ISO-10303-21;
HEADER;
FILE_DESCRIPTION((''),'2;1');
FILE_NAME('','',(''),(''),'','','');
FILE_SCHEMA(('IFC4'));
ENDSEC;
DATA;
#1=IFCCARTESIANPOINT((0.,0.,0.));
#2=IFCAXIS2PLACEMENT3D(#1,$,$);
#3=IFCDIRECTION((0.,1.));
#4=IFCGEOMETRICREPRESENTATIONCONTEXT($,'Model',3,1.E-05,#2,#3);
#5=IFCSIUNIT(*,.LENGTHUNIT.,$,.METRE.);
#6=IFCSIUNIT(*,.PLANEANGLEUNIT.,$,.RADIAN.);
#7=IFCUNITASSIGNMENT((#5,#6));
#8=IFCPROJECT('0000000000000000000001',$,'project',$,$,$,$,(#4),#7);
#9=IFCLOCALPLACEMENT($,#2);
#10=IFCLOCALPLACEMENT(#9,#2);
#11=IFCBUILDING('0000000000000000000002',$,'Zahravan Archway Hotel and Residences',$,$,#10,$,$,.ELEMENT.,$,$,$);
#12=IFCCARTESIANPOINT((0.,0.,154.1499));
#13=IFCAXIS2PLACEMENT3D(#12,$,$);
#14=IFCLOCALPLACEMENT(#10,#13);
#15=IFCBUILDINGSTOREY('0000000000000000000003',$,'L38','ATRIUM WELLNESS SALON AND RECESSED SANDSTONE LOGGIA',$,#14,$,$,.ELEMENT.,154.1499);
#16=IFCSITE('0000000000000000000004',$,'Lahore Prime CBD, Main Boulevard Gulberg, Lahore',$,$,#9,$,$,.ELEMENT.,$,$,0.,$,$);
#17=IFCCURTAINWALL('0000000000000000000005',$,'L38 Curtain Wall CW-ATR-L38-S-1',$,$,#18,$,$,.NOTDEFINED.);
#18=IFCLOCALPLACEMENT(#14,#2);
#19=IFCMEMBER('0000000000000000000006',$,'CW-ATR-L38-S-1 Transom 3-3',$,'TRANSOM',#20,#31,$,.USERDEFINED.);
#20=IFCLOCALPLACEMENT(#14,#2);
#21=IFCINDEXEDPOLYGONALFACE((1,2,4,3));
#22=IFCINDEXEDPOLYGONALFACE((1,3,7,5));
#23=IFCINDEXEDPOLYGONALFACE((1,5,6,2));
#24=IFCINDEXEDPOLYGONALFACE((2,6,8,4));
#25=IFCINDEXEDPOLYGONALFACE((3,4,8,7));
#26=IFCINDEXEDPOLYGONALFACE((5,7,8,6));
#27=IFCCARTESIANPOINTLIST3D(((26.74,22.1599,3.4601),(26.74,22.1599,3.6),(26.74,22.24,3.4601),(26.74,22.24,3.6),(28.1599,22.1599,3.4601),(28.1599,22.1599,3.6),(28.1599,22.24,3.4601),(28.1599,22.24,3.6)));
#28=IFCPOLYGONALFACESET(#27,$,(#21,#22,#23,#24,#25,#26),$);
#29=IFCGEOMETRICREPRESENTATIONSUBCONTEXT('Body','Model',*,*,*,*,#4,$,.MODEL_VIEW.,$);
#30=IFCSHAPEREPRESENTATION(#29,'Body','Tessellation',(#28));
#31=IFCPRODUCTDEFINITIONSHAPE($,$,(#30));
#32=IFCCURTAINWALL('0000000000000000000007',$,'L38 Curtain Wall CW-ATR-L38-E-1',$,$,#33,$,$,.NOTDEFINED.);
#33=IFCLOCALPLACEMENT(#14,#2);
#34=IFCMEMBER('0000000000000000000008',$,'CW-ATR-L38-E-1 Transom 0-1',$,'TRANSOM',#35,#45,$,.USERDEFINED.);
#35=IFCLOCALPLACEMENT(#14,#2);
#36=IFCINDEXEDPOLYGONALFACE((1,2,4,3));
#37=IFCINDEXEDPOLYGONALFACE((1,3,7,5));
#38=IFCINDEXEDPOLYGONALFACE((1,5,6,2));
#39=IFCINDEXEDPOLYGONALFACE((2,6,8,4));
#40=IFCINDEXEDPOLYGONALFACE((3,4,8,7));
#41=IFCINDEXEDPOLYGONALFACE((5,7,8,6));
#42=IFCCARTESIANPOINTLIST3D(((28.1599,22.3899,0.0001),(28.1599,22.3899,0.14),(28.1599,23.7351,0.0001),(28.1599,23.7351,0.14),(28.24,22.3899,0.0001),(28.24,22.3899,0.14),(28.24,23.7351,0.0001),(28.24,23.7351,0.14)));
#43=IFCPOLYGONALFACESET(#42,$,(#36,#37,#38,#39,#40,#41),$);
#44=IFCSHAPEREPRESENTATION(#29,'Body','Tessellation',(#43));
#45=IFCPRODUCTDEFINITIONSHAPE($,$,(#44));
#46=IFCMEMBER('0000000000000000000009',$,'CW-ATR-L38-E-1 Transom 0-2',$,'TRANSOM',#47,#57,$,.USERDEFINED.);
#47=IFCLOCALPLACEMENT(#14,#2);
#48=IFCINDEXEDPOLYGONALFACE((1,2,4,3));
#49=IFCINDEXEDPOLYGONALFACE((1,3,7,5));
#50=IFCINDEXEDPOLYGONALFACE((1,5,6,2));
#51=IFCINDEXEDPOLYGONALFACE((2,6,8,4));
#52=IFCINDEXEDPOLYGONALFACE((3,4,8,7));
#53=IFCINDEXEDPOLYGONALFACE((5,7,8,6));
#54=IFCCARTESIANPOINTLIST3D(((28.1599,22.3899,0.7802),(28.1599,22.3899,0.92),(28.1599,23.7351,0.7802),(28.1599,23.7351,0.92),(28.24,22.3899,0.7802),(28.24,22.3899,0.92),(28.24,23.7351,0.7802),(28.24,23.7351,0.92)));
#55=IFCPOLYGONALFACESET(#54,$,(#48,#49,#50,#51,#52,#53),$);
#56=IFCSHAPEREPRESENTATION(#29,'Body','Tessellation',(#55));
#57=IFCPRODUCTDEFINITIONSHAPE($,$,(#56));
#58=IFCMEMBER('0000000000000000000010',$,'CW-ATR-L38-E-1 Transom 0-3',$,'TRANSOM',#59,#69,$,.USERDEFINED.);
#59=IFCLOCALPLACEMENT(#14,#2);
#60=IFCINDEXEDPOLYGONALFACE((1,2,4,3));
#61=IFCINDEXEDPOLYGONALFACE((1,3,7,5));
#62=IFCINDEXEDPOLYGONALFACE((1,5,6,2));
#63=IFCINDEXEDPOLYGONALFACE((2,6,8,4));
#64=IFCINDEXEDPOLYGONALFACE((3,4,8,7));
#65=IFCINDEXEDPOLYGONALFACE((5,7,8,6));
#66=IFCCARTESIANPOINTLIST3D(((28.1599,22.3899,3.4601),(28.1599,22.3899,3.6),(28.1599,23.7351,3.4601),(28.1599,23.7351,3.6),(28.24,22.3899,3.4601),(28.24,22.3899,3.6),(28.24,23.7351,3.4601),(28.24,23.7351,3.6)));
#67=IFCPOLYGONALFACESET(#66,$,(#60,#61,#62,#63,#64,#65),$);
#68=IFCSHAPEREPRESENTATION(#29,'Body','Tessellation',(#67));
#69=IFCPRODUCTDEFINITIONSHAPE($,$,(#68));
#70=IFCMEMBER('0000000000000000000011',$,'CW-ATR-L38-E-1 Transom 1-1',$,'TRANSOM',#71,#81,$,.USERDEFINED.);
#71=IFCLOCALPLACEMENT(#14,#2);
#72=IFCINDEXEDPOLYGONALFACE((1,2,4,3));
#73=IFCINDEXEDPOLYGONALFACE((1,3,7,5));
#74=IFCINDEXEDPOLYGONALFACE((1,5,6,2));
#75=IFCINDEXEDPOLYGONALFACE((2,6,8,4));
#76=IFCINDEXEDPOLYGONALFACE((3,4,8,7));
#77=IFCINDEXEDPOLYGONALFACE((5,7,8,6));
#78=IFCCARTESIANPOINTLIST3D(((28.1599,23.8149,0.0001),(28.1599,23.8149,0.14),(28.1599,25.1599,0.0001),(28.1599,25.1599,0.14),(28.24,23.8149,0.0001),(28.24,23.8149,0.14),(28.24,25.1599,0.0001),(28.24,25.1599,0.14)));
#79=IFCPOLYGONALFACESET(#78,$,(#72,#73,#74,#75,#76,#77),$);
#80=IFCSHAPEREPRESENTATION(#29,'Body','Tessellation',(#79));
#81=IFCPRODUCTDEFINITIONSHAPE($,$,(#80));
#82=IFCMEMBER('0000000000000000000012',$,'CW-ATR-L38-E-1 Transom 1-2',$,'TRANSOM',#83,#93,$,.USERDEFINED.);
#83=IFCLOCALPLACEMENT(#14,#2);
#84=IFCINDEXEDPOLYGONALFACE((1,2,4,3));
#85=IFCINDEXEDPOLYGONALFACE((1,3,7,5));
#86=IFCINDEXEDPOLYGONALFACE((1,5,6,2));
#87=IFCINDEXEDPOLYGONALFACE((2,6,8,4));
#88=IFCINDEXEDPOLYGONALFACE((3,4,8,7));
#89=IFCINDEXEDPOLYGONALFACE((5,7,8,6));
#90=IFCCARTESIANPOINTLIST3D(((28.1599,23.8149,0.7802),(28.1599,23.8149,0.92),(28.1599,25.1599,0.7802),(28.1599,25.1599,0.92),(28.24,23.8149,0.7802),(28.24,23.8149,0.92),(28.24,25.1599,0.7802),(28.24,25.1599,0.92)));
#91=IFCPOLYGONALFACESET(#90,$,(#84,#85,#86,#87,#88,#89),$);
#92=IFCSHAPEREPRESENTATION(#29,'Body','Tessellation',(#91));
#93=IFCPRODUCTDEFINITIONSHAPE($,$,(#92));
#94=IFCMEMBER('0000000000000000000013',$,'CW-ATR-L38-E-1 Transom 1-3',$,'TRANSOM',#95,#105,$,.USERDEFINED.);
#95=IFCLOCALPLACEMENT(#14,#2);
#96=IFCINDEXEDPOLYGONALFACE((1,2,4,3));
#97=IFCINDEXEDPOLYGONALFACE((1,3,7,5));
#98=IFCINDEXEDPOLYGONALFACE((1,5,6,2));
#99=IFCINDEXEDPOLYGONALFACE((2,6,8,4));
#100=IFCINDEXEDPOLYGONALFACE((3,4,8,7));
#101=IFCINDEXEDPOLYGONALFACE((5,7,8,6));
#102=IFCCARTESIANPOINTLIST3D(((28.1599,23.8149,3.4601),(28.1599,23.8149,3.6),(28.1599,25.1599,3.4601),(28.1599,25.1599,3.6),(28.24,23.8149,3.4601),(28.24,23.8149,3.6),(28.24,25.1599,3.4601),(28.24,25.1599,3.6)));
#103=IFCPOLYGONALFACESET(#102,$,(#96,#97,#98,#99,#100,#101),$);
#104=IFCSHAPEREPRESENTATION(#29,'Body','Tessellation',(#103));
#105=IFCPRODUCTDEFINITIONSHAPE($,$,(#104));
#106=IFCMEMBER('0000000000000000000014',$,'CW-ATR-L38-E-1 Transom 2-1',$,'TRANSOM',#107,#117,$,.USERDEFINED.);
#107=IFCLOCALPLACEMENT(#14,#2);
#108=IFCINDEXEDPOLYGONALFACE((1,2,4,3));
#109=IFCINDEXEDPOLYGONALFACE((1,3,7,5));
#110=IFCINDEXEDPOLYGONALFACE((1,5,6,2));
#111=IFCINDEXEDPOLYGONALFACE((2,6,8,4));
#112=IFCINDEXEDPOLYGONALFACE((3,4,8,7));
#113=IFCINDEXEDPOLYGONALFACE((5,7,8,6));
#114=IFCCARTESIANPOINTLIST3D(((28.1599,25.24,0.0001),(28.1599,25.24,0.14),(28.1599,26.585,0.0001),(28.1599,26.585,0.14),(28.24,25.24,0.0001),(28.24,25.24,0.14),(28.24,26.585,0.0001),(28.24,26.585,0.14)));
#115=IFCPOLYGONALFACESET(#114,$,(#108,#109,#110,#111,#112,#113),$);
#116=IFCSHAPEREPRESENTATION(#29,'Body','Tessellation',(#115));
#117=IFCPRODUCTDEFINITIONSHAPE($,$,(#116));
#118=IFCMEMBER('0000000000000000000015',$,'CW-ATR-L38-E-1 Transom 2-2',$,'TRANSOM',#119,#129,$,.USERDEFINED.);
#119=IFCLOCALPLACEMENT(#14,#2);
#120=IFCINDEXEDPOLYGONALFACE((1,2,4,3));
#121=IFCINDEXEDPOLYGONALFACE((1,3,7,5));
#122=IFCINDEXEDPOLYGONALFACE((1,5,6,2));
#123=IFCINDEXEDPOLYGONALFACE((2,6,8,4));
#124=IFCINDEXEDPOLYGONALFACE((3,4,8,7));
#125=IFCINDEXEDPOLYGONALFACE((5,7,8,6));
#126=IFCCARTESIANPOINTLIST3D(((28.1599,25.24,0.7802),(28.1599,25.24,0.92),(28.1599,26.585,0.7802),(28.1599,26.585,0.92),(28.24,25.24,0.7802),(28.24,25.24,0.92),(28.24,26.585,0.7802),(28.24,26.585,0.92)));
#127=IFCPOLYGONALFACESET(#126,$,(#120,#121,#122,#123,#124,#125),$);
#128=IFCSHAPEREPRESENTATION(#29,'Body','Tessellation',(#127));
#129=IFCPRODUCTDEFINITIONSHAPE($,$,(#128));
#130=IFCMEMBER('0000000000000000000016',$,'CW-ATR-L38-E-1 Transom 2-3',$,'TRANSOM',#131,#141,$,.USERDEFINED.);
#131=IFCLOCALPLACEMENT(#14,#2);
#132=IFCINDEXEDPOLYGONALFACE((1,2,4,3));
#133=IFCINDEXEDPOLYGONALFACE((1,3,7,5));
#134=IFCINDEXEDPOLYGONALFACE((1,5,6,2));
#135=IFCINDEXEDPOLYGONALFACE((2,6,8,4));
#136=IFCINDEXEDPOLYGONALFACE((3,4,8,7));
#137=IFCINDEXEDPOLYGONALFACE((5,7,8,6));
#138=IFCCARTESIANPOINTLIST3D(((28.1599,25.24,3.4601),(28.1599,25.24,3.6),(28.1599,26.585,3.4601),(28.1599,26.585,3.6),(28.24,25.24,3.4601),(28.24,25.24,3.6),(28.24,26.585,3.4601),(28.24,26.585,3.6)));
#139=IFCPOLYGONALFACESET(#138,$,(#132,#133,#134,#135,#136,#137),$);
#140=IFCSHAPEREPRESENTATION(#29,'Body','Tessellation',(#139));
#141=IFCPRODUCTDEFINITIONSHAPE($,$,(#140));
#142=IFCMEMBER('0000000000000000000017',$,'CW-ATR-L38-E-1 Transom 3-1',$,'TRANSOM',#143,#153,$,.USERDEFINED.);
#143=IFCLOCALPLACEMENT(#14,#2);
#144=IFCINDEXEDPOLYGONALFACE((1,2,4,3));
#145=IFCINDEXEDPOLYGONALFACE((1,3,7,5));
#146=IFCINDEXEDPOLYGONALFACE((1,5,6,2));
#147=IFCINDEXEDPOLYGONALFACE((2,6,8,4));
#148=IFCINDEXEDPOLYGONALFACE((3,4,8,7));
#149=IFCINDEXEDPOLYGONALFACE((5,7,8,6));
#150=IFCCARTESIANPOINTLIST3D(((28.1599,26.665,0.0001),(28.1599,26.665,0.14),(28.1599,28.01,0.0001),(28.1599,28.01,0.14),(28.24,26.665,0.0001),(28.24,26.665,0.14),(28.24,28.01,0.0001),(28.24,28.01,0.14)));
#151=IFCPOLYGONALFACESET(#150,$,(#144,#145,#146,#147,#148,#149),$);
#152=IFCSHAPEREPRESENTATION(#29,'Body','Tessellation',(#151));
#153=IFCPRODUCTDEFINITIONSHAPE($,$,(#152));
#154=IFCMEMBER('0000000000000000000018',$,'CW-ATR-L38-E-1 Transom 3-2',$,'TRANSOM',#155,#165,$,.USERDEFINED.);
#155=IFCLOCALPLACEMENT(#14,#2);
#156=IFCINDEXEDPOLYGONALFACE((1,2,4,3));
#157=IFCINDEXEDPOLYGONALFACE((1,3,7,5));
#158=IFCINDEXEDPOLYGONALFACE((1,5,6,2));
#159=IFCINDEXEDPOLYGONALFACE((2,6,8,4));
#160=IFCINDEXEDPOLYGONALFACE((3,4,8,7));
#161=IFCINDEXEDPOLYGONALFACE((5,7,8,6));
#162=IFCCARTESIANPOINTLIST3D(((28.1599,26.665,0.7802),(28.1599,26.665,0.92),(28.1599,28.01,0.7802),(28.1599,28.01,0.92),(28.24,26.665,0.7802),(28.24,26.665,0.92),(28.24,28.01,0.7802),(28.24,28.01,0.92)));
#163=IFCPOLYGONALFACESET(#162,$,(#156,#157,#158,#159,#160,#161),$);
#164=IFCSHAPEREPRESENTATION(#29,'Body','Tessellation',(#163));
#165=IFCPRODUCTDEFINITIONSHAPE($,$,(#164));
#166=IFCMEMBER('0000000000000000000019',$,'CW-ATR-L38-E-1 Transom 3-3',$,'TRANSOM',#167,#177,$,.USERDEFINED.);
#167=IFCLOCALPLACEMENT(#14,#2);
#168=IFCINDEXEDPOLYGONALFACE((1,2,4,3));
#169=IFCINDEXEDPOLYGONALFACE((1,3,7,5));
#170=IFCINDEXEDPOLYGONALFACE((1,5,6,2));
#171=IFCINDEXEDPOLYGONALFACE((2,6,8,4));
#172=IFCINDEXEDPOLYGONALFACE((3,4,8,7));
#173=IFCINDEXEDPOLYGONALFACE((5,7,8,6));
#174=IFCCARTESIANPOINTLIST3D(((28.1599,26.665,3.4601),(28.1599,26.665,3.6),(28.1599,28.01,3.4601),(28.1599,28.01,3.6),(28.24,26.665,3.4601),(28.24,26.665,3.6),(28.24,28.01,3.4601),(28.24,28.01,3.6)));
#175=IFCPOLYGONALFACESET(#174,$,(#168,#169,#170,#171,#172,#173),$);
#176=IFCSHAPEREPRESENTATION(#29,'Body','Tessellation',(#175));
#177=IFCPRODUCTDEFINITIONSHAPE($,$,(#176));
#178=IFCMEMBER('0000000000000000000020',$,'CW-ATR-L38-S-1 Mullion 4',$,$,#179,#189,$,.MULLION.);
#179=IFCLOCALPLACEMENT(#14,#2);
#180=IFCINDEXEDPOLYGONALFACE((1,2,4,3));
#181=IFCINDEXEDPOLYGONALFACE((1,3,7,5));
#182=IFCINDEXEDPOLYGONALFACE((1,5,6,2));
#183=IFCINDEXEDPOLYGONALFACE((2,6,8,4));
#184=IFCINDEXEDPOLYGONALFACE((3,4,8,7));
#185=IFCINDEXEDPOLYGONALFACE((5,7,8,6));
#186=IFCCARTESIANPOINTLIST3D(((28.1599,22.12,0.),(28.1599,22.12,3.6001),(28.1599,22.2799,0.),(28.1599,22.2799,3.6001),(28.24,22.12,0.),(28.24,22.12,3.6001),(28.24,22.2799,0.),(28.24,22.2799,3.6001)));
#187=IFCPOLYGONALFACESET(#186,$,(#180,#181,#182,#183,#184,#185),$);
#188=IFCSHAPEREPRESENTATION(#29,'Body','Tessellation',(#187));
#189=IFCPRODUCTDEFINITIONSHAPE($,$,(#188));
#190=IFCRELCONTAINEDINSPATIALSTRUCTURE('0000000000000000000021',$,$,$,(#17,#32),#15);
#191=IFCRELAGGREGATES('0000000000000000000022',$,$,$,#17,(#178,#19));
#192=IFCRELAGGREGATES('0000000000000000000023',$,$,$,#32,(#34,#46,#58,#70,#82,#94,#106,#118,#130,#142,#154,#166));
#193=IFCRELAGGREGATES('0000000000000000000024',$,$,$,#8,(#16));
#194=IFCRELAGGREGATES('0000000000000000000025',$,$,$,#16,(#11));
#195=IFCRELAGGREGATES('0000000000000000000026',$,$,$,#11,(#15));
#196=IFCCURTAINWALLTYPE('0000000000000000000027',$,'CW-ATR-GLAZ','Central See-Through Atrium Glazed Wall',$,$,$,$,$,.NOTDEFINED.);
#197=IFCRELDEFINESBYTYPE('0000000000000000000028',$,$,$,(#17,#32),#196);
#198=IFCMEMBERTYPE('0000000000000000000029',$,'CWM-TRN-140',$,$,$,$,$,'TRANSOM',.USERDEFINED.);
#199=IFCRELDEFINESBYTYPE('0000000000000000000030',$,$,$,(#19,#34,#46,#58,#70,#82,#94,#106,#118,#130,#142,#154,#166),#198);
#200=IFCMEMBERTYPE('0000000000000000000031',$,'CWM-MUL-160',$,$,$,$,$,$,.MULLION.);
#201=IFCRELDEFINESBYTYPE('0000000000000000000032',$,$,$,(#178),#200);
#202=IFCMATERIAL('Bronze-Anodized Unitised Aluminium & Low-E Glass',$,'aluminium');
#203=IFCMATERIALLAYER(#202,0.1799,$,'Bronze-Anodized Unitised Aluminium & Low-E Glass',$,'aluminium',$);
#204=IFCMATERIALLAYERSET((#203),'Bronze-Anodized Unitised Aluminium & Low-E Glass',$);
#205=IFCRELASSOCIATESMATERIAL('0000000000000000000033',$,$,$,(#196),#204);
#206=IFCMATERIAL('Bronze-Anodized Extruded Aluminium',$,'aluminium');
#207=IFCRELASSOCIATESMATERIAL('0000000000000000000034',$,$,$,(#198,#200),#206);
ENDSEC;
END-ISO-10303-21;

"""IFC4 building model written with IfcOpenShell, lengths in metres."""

from ifc_helpers import new_model, si_unit, direction, frame, origin, origin_2d, place, context, subcontext, project, spatial, rectangle, extrude, source, transform, mapped, material, layer, layer_set, material_profile, profile_set, type_object, element, aggregate, save


model = new_model("IFC4")

# Units and contexts
model_context = context("Model", 3, precision=1e-05, world=origin(), true_north=direction((0.0, 1.0)))
body_context = subcontext(model_context, "Body", "Model", "MODEL_VIEW")
ifc_project = project(units=[si_unit("LENGTHUNIT", "METRE"), si_unit("PLANEANGLEUNIT", "RADIAN")], contexts=[model_context])

# Site, building, storey
site_placement = place(None, origin())
site = spatial("IfcSite", under=ifc_project, at=site_placement, Name="Lahore Prime CBD, Main Boulevard Gulberg, Lahore", CompositionType="ELEMENT", RefElevation=0.0)
building_placement = place(site_placement, origin())
building = spatial("IfcBuilding", under=site, at=building_placement, Name="Zahravan Archway Hotel and Residences", CompositionType="ELEMENT")
storey_placement = place(building_placement, frame((0.0, 0.0, 154.1499)))
storey = spatial("IfcBuildingStorey", under=building, at=storey_placement, Name="L38", Description="ATRIUM WELLNESS SALON AND RECESSED SANDSTONE LOGGIA", CompositionType="ELEMENT", Elevation=154.1499)

# Curtain wall, member
ifc_material_1 = material(Name="Bronze-Anodized Unitised Aluminium & Low-E Glass", Category="aluminium")
ifc_layer_1 = layer(ifc_material_1, 0.1799, Name="Bronze-Anodized Unitised Aluminium & Low-E Glass", Category="aluminium")
ifc_layer_set_1 = layer_set([ifc_layer_1], Name="Bronze-Anodized Unitised Aluminium & Low-E Glass")
curtain_wall_type = type_object("IfcCurtainWallType", Name="CW-ATR-GLAZ", Description="Central See-Through Atrium Glazed Wall", PredefinedType="NOTDEFINED", material=ifc_layer_set_1)
curtain_wall_1_placement = place(storey_placement, origin())
curtain_wall_1 = element("IfcCurtainWall", 1, at=curtain_wall_1_placement, inside=storey, type_object=curtain_wall_type, Name="L38 Curtain Wall CW-ATR-L38-S-1", PredefinedType="NOTDEFINED")
ifc_material_2 = material(Name="Bronze-Anodized Extruded Aluminium", Category="aluminium")
ifc_material_profile_1 = material_profile(ifc_material_2, rectangle(XDim=0.0801, YDim=0.1399, at=origin_2d()), Name="TRN 80x140", Category="aluminium")
ifc_profile_set_1 = profile_set([ifc_material_profile_1], Name="Bronze-Anodized Extruded Aluminium")
member_type_1 = type_object("IfcMemberType", Name="CWM-TRN-140", ElementType="TRANSOM", PredefinedType="USERDEFINED", material=ifc_profile_set_1)
shared_shape_1 = source(origin(), body_context, "Body", "SweptSolid", [
    extrude(rectangle(XDim=0.0801, YDim=0.1399, at=origin_2d()), origin(), (0.0, 0.0, 1.0), 1.4199),
])
member_1_placement = place(storey_placement, frame((26.74, 22.2, 3.53), z_axis=(1.0, 0.0, 0.0), x_axis=(0.0, 1.0, 0.0)))
member_1 = element("IfcMember", 2, at=member_1_placement, type_object=member_type_1, Name="CW-ATR-L38-S-1 Transom 3-3", ObjectType="TRANSOM", PredefinedType="USERDEFINED", context=body_context, shape_type="MappedRepresentation", body=[
    mapped(shared_shape_1, transform((0.0, 0.0, 0.0), scale=1.0)),
])

# Curtain wall, members
curtain_wall_2_placement = place(storey_placement, origin())
curtain_wall_2 = element("IfcCurtainWall", 3, at=curtain_wall_2_placement, inside=storey, type_object=curtain_wall_type, Name="L38 Curtain Wall CW-ATR-L38-E-1", PredefinedType="NOTDEFINED")
shared_shape_2 = source(origin(), body_context, "Body", "SweptSolid", [
    extrude(rectangle(XDim=0.0801, YDim=0.1399, at=origin_2d()), origin(), (0.0, 0.0, 1.0), 1.3452),
])
member_2_placement = place(storey_placement, frame((28.2, 22.3899, 0.0701), z_axis=(0.0, 1.0, 0.0), x_axis=(-1.0, 0.0, 0.0)))
member_2 = element("IfcMember", 4, at=member_2_placement, type_object=member_type_1, Name="CW-ATR-L38-E-1 Transom 0-1", ObjectType="TRANSOM", PredefinedType="USERDEFINED", context=body_context, shape_type="MappedRepresentation", body=[
    mapped(shared_shape_2, transform((0.0, 0.0, 0.0), scale=1.0)),
])
member_3_placement = place(storey_placement, frame((28.2, 22.3899, 0.8501), z_axis=(0.0, 1.0, 0.0), x_axis=(-1.0, 0.0, 0.0)))
member_3 = element("IfcMember", 5, at=member_3_placement, type_object=member_type_1, Name="CW-ATR-L38-E-1 Transom 0-2", ObjectType="TRANSOM", PredefinedType="USERDEFINED", context=body_context, shape_type="MappedRepresentation", body=[
    mapped(shared_shape_2, transform((0.0, 0.0, 0.0), scale=1.0)),
])
member_4_placement = place(storey_placement, frame((28.2, 22.3899, 3.53), z_axis=(0.0, 1.0, 0.0), x_axis=(-1.0, 0.0, 0.0)))
member_4 = element("IfcMember", 6, at=member_4_placement, type_object=member_type_1, Name="CW-ATR-L38-E-1 Transom 0-3", ObjectType="TRANSOM", PredefinedType="USERDEFINED", context=body_context, shape_type="MappedRepresentation", body=[
    mapped(shared_shape_2, transform((0.0, 0.0, 0.0), scale=1.0)),
])
shared_shape_3 = source(origin(), body_context, "Body", "SweptSolid", [
    extrude(rectangle(XDim=0.0801, YDim=0.1399, at=origin_2d()), origin(), (0.0, 0.0, 1.0), 1.345),
])
member_5_placement = place(storey_placement, frame((28.2, 23.8149, 0.0701), z_axis=(0.0, 1.0, 0.0), x_axis=(-1.0, 0.0, 0.0)))
member_5 = element("IfcMember", 7, at=member_5_placement, type_object=member_type_1, Name="CW-ATR-L38-E-1 Transom 1-1", ObjectType="TRANSOM", PredefinedType="USERDEFINED", context=body_context, shape_type="MappedRepresentation", body=[
    mapped(shared_shape_3, transform((0.0, 0.0, 0.0), scale=1.0)),
])
member_6_placement = place(storey_placement, frame((28.2, 23.8149, 0.8501), z_axis=(0.0, 1.0, 0.0), x_axis=(-1.0, 0.0, 0.0)))
member_6 = element("IfcMember", 8, at=member_6_placement, type_object=member_type_1, Name="CW-ATR-L38-E-1 Transom 1-2", ObjectType="TRANSOM", PredefinedType="USERDEFINED", context=body_context, shape_type="MappedRepresentation", body=[
    mapped(shared_shape_3, transform((0.0, 0.0, 0.0), scale=1.0)),
])
member_7_placement = place(storey_placement, frame((28.2, 23.8149, 3.53), z_axis=(0.0, 1.0, 0.0), x_axis=(-1.0, 0.0, 0.0)))
member_7 = element("IfcMember", 9, at=member_7_placement, type_object=member_type_1, Name="CW-ATR-L38-E-1 Transom 1-3", ObjectType="TRANSOM", PredefinedType="USERDEFINED", context=body_context, shape_type="MappedRepresentation", body=[
    mapped(shared_shape_3, transform((0.0, 0.0, 0.0), scale=1.0)),
])
member_8_placement = place(storey_placement, frame((28.2, 25.24, 0.0701), z_axis=(0.0, 1.0, 0.0), x_axis=(-1.0, 0.0, 0.0)))
member_8 = element("IfcMember", 10, at=member_8_placement, type_object=member_type_1, Name="CW-ATR-L38-E-1 Transom 2-1", ObjectType="TRANSOM", PredefinedType="USERDEFINED", context=body_context, shape_type="MappedRepresentation", body=[
    mapped(shared_shape_3, transform((0.0, 0.0, 0.0), scale=1.0)),
])
member_9_placement = place(storey_placement, frame((28.2, 25.24, 0.8501), z_axis=(0.0, 1.0, 0.0), x_axis=(-1.0, 0.0, 0.0)))
member_9 = element("IfcMember", 11, at=member_9_placement, type_object=member_type_1, Name="CW-ATR-L38-E-1 Transom 2-2", ObjectType="TRANSOM", PredefinedType="USERDEFINED", context=body_context, shape_type="MappedRepresentation", body=[
    mapped(shared_shape_3, transform((0.0, 0.0, 0.0), scale=1.0)),
])
member_10_placement = place(storey_placement, frame((28.2, 25.24, 3.53), z_axis=(0.0, 1.0, 0.0), x_axis=(-1.0, 0.0, 0.0)))
member_10 = element("IfcMember", 12, at=member_10_placement, type_object=member_type_1, Name="CW-ATR-L38-E-1 Transom 2-3", ObjectType="TRANSOM", PredefinedType="USERDEFINED", context=body_context, shape_type="MappedRepresentation", body=[
    mapped(shared_shape_3, transform((0.0, 0.0, 0.0), scale=1.0)),
])
member_11_placement = place(storey_placement, frame((28.2, 26.665, 0.0701), z_axis=(0.0, 1.0, 0.0), x_axis=(-1.0, 0.0, 0.0)))
member_11 = element("IfcMember", 13, at=member_11_placement, type_object=member_type_1, Name="CW-ATR-L38-E-1 Transom 3-1", ObjectType="TRANSOM", PredefinedType="USERDEFINED", context=body_context, shape_type="MappedRepresentation", body=[
    mapped(shared_shape_3, transform((0.0, 0.0, 0.0), scale=1.0)),
])
member_12_placement = place(storey_placement, frame((28.2, 26.665, 0.8501), z_axis=(0.0, 1.0, 0.0), x_axis=(-1.0, 0.0, 0.0)))
member_12 = element("IfcMember", 14, at=member_12_placement, type_object=member_type_1, Name="CW-ATR-L38-E-1 Transom 3-2", ObjectType="TRANSOM", PredefinedType="USERDEFINED", context=body_context, shape_type="MappedRepresentation", body=[
    mapped(shared_shape_3, transform((0.0, 0.0, 0.0), scale=1.0)),
])
member_13_placement = place(storey_placement, frame((28.2, 26.665, 3.53), z_axis=(0.0, 1.0, 0.0), x_axis=(-1.0, 0.0, 0.0)))
member_13 = element("IfcMember", 15, at=member_13_placement, type_object=member_type_1, Name="CW-ATR-L38-E-1 Transom 3-3", ObjectType="TRANSOM", PredefinedType="USERDEFINED", context=body_context, shape_type="MappedRepresentation", body=[
    mapped(shared_shape_3, transform((0.0, 0.0, 0.0), scale=1.0)),
])

# Member
ifc_material_profile_2 = material_profile(ifc_material_2, rectangle(XDim=0.0801, YDim=0.1599, at=origin_2d()), Name="MUL 80x160", Category="aluminium")
ifc_profile_set_2 = profile_set([ifc_material_profile_2], Name="Bronze-Anodized Extruded Aluminium")
member_type_2 = type_object("IfcMemberType", Name="CWM-MUL-160", PredefinedType="MULLION", material=ifc_profile_set_2)
shared_shape_4 = source(origin(), body_context, "Body", "SweptSolid", [
    extrude(rectangle(XDim=0.0801, YDim=0.1599, at=origin_2d()), origin(), (0.0, 0.0, 1.0), 3.6001),
])
member_14_placement = place(storey_placement, frame((28.2, 22.2, 0.0), z_axis=(0.0, 0.0, 1.0), x_axis=(1.0, 0.0, 0.0)))
member_14 = element("IfcMember", 16, at=member_14_placement, type_object=member_type_2, Name="CW-ATR-L38-S-1 Mullion 4", PredefinedType="MULLION", context=body_context, shape_type="MappedRepresentation", body=[
    mapped(shared_shape_4, transform((0.0, 0.0, 0.0), scale=1.0)),
])

aggregate(curtain_wall_1, [member_14, member_1])
aggregate(curtain_wall_2, [member_2, member_3, member_4, member_5, member_6, member_7, member_8, member_9, member_10, member_11, member_12, member_13])

save(model, "model.ifc")
